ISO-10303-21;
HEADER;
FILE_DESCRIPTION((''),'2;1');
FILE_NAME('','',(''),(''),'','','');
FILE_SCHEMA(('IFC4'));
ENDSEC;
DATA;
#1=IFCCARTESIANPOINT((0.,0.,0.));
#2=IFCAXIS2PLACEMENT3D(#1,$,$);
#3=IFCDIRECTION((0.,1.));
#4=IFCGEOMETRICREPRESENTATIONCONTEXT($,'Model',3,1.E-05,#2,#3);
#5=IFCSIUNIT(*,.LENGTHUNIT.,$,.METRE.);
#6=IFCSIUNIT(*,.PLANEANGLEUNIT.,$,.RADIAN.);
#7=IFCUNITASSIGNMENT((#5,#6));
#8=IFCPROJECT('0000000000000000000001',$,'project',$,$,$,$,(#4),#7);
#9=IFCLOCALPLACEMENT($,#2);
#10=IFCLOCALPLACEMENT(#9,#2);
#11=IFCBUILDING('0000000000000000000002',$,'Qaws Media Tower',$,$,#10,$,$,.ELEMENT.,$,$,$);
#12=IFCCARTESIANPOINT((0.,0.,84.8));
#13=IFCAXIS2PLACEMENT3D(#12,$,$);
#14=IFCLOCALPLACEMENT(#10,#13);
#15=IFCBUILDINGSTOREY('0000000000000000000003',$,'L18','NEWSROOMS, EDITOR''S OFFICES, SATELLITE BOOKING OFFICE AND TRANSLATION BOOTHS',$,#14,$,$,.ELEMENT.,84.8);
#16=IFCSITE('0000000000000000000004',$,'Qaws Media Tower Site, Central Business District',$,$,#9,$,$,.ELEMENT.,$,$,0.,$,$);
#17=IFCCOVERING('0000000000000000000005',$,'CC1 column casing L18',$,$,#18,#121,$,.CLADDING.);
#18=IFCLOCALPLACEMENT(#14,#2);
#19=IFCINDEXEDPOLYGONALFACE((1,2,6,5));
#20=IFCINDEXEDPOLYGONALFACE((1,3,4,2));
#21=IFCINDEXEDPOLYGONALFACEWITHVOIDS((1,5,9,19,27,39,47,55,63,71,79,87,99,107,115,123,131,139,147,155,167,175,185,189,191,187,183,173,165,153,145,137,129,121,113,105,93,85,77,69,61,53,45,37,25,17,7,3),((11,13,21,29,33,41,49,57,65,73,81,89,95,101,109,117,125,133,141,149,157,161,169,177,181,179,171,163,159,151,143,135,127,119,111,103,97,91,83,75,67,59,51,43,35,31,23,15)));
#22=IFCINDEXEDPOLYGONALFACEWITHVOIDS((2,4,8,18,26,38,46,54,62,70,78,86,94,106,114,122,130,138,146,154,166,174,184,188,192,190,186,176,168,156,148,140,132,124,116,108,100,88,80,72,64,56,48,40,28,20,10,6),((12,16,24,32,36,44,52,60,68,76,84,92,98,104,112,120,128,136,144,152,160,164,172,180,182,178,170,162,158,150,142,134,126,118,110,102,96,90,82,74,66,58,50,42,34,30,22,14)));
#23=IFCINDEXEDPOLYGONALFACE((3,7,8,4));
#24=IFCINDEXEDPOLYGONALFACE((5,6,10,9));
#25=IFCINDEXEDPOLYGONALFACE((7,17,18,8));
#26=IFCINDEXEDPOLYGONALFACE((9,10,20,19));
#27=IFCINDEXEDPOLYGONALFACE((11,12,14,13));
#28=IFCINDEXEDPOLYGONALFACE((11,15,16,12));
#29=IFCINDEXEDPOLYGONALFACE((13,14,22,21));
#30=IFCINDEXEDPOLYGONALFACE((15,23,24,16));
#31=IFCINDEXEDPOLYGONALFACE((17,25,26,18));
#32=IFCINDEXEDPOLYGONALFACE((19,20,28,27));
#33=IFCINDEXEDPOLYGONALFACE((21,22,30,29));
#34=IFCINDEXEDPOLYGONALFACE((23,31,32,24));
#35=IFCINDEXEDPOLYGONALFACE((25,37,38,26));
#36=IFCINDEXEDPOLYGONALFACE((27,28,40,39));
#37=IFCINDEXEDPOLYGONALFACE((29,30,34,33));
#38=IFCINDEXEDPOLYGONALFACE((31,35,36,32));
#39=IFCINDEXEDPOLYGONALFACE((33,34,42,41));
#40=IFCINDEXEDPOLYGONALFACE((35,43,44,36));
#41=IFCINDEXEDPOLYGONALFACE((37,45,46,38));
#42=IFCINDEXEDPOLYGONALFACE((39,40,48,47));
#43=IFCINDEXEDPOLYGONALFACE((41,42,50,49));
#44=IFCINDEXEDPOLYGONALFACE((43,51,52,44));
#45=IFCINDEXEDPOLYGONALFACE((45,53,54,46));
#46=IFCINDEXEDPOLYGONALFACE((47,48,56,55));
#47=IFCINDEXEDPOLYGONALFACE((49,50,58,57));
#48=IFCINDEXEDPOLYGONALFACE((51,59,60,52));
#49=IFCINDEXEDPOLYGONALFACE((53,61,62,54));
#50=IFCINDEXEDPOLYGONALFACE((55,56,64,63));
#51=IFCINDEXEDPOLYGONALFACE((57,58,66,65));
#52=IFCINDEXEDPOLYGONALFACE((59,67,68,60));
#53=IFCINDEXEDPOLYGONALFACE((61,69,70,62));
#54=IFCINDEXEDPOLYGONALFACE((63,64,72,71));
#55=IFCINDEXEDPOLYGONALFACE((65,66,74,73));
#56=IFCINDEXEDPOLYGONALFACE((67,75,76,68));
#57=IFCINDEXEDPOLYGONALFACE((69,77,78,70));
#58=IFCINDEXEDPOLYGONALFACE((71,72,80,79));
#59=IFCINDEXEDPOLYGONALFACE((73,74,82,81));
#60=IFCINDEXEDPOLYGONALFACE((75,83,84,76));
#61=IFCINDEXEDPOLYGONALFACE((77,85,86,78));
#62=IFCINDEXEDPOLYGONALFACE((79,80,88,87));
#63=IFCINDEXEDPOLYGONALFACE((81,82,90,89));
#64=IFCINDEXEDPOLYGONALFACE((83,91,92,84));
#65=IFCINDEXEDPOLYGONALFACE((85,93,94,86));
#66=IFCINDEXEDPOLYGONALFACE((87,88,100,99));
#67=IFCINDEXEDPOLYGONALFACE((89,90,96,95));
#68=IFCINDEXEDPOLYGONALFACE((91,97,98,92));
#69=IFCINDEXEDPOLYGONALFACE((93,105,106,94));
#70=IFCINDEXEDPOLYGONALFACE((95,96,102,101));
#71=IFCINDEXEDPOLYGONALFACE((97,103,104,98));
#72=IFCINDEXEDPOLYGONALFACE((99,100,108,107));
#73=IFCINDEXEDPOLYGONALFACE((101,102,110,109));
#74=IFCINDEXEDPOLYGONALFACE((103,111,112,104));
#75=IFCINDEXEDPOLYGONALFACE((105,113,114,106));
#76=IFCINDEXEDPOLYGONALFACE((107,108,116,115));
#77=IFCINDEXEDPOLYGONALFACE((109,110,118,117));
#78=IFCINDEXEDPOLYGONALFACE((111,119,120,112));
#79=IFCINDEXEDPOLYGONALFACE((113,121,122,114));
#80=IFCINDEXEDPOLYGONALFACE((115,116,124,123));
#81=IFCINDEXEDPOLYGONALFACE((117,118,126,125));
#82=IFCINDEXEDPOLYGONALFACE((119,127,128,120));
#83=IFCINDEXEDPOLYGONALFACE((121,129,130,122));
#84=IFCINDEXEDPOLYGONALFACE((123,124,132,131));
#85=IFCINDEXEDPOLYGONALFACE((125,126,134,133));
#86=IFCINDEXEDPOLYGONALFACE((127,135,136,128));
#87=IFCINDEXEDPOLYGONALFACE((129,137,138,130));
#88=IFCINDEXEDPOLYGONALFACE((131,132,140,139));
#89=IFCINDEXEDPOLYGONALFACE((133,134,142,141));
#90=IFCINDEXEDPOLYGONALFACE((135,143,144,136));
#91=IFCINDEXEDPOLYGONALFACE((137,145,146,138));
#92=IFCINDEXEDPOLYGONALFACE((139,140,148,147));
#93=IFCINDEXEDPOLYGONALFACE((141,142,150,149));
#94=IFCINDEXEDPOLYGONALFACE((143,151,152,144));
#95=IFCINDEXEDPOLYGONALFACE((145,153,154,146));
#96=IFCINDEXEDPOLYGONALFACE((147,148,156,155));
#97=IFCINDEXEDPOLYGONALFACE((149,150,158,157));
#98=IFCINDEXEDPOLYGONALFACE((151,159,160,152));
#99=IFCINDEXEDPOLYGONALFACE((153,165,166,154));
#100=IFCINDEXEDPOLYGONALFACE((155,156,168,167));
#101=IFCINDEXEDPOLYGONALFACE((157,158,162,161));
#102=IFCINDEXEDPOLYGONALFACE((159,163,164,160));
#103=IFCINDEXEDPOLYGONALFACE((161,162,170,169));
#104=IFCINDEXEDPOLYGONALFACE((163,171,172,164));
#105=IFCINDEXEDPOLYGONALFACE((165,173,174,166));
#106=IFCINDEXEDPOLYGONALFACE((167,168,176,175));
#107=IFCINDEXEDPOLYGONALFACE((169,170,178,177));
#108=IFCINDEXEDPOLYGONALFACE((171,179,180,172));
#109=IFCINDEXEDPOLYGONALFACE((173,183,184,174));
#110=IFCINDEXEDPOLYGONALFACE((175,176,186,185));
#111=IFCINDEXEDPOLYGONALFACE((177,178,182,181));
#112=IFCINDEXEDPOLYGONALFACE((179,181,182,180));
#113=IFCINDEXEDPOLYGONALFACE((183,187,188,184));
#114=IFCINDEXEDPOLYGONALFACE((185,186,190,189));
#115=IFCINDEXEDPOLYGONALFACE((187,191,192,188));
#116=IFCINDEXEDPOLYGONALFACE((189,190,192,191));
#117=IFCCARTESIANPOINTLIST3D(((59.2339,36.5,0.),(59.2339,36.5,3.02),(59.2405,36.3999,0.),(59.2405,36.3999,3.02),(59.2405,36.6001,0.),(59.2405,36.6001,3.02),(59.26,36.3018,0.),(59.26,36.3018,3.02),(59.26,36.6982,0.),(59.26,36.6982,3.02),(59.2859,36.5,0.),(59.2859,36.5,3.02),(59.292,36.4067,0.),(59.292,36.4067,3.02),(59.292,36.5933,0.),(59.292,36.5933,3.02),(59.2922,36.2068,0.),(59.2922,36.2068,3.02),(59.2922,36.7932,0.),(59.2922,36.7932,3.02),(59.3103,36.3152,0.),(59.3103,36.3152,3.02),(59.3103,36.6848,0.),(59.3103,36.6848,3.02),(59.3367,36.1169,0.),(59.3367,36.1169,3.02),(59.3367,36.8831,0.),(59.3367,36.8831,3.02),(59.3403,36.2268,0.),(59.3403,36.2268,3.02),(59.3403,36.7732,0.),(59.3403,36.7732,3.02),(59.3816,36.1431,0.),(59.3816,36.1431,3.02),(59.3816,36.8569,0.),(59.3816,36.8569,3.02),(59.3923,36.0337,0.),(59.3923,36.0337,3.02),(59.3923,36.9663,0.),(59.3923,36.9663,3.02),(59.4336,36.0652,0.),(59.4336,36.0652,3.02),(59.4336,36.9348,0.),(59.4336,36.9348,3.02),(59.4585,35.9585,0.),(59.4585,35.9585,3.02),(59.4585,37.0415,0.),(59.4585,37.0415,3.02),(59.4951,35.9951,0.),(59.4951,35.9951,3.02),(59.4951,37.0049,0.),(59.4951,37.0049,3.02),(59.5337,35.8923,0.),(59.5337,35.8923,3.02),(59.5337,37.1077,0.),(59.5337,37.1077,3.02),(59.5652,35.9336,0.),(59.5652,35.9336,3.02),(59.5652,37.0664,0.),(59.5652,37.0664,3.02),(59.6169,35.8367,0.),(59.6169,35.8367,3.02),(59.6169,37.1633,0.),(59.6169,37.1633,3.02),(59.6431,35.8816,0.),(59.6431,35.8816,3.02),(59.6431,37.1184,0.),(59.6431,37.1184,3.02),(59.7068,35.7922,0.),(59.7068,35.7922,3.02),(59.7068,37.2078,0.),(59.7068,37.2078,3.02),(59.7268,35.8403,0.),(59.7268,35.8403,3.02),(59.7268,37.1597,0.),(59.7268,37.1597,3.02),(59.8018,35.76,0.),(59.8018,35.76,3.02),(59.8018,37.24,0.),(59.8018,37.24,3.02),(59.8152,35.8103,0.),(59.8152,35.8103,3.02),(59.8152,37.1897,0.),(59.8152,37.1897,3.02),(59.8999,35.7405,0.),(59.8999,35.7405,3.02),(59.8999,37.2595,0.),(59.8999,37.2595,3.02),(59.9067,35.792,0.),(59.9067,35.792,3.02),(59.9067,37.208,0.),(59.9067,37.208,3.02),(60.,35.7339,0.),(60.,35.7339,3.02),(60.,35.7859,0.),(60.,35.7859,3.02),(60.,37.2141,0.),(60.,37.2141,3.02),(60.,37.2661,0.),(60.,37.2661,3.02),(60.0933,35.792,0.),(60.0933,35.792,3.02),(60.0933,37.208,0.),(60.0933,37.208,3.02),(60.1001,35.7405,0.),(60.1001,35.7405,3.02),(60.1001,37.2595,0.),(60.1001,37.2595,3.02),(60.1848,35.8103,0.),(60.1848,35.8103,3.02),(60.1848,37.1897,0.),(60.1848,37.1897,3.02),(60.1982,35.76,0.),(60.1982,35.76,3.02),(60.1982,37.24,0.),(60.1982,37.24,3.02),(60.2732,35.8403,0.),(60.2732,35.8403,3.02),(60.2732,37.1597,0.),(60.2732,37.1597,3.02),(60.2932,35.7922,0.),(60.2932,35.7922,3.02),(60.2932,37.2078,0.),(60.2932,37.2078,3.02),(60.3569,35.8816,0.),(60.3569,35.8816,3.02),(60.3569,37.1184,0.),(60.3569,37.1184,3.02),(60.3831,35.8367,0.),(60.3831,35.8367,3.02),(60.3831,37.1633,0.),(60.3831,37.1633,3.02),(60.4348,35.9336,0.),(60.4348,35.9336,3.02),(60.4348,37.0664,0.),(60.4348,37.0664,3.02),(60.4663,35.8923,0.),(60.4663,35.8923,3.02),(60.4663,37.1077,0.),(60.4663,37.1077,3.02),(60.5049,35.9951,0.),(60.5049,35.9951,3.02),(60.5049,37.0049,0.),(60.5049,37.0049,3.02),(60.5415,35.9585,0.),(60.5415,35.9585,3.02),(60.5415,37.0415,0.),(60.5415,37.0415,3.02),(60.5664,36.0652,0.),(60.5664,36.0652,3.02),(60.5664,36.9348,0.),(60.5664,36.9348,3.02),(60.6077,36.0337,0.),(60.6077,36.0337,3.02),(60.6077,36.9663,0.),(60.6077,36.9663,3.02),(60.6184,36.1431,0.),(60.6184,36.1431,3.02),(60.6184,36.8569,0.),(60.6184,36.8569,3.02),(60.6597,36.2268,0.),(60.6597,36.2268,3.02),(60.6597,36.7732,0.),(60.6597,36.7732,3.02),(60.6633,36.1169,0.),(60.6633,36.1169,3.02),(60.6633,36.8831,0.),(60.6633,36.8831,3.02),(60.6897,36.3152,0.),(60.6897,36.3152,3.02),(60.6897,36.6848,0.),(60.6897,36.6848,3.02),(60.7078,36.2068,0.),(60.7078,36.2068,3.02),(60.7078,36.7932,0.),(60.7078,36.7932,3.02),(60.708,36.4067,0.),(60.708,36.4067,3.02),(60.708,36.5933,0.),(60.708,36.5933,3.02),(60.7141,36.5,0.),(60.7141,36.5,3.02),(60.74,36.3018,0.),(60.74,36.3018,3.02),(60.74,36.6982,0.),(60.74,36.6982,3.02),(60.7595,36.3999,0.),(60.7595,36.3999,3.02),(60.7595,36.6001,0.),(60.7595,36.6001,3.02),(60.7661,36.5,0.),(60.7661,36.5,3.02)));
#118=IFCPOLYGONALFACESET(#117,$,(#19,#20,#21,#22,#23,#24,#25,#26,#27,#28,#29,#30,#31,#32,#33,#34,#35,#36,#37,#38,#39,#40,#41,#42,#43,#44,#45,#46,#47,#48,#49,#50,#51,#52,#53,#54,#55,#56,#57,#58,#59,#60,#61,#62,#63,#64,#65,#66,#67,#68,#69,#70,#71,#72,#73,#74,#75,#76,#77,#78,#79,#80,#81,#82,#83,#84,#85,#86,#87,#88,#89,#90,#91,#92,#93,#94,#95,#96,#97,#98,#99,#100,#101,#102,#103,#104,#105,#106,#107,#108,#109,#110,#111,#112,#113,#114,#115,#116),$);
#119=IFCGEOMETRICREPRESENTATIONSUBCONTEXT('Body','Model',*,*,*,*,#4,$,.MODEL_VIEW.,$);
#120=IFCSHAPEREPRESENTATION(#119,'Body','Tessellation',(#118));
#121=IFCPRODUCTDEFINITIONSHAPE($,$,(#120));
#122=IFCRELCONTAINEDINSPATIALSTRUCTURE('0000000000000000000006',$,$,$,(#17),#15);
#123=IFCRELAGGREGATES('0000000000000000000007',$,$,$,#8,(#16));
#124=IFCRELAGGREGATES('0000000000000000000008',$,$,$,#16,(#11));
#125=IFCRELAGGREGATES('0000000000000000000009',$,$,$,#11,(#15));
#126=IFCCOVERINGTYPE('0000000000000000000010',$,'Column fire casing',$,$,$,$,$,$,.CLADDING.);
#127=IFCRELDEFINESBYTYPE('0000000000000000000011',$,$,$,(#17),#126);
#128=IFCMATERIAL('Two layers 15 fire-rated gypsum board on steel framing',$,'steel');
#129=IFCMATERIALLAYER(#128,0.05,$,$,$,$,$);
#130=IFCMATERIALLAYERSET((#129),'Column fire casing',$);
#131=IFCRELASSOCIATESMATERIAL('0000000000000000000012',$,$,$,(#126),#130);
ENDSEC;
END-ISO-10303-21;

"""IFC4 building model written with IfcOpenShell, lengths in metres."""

from ifc_helpers import new_model, si_unit, direction, frame, origin, place, context, subcontext, project, spatial, polyline, outline, extrude, material, layer, layer_set, type_object, element, save


model = new_model("IFC4")

# Units and contexts
model_context = context("Model", 3, precision=1e-05, world=origin(), true_north=direction((0.0, 1.0)))
body_context = subcontext(model_context, "Body", "Model", "MODEL_VIEW")
ifc_project = project(units=[si_unit("LENGTHUNIT", "METRE"), si_unit("PLANEANGLEUNIT", "RADIAN")], contexts=[model_context])

# Site, building, storey
site_placement = place(None, origin())
site = spatial("IfcSite", under=ifc_project, at=site_placement, Name="Qaws Media Tower Site, Central Business District", CompositionType="ELEMENT", RefElevation=0.0)
building_placement = place(site_placement, origin())
building = spatial("IfcBuilding", under=site, at=building_placement, Name="Qaws Media Tower", CompositionType="ELEMENT")
storey_placement = place(building_placement, frame((0.0, 0.0, 84.8)))
storey = spatial("IfcBuildingStorey", under=building, at=storey_placement, Name="L18", Description="NEWSROOMS, EDITOR'S OFFICES, SATELLITE BOOKING OFFICE AND TRANSLATION BOOTHS", CompositionType="ELEMENT", Elevation=84.8)

# Covering
ifc_material_1 = material(Name="Two layers 15 fire-rated gypsum board on steel framing", Category="steel")
ifc_layer_1 = layer(ifc_material_1, 0.05)
ifc_layer_set_1 = layer_set([ifc_layer_1], Name="Column fire casing")
covering_type_1 = type_object("IfcCoveringType", Name="Column fire casing", PredefinedType="CLADDING", material=ifc_layer_set_1)
covering_1_placement = place(storey_placement, origin())
element("IfcCovering", 1, at=covering_1_placement, inside=storey, type_object=covering_type_1, Name="CC1 column casing L18", PredefinedType="CLADDING", context=body_context, shape_type="SweptSolid", body=[
    extrude(outline(polyline([(60.7661, 36.5), (60.7595, 36.3999), (60.74, 36.3018), (60.7078, 36.2068), (60.6633, 36.1169), (60.6077, 36.0337), (60.5415, 35.9585), (60.4663, 35.8923), (60.3831, 35.8367), (60.2932, 35.7922), (60.1982, 35.76), (60.1001, 35.7405), (60.0, 35.7339), (59.8999, 35.7405), (59.8018, 35.76), (59.7068, 35.7922), (59.6169, 35.8367), (59.5337, 35.8923), (59.4585, 35.9585), (59.3923, 36.0337), (59.3367, 36.1169), (59.2922, 36.2068), (59.26, 36.3018), (59.2405, 36.3999), (59.2339, 36.5), (59.2405, 36.6001), (59.26, 36.6982), (59.2922, 36.7932), (59.3367, 36.8831), (59.3923, 36.9663), (59.4585, 37.0415), (59.5337, 37.1077), (59.6169, 37.1633), (59.7068, 37.2078), (59.8018, 37.24), (59.8999, 37.2595), (60.0, 37.2661), (60.1001, 37.2595), (60.1982, 37.24), (60.2932, 37.2078), (60.3831, 37.1633), (60.4663, 37.1077), (60.5415, 37.0415), (60.6077, 36.9663), (60.6633, 36.8831), (60.7078, 36.7932), (60.74, 36.6982), (60.7595, 36.6001), (60.7661, 36.5)]), holes=[polyline([(60.7141, 36.5), (60.708, 36.4067), (60.6897, 36.3152), (60.6597, 36.2268), (60.6184, 36.1431), (60.5664, 36.0652), (60.5049, 35.9951), (60.4348, 35.9336), (60.3569, 35.8816), (60.2732, 35.8403), (60.1848, 35.8103), (60.0933, 35.792), (60.0, 35.7859), (59.9067, 35.792), (59.8152, 35.8103), (59.7268, 35.8403), (59.6431, 35.8816), (59.5652, 35.9336), (59.4951, 35.9951), (59.4336, 36.0652), (59.3816, 36.1431), (59.3403, 36.2268), (59.3103, 36.3152), (59.292, 36.4067), (59.2859, 36.5), (59.292, 36.5933), (59.3103, 36.6848), (59.3403, 36.7732), (59.3816, 36.8569), (59.4336, 36.9348), (59.4951, 37.0049), (59.5652, 37.0664), (59.6431, 37.1184), (59.7268, 37.1597), (59.8152, 37.1897), (59.9067, 37.208), (60.0, 37.2141), (60.0933, 37.208), (60.1848, 37.1897), (60.2732, 37.1597), (60.3569, 37.1184), (60.4348, 37.0664), (60.5049, 37.0049), (60.5664, 36.9348), (60.6184, 36.8569), (60.6597, 36.7732), (60.6897, 36.6848), (60.708, 36.5933), (60.7141, 36.5)])]), origin(), (0.0, 0.0, 1.0), 3.02),
])

save(model, "model.ifc")
